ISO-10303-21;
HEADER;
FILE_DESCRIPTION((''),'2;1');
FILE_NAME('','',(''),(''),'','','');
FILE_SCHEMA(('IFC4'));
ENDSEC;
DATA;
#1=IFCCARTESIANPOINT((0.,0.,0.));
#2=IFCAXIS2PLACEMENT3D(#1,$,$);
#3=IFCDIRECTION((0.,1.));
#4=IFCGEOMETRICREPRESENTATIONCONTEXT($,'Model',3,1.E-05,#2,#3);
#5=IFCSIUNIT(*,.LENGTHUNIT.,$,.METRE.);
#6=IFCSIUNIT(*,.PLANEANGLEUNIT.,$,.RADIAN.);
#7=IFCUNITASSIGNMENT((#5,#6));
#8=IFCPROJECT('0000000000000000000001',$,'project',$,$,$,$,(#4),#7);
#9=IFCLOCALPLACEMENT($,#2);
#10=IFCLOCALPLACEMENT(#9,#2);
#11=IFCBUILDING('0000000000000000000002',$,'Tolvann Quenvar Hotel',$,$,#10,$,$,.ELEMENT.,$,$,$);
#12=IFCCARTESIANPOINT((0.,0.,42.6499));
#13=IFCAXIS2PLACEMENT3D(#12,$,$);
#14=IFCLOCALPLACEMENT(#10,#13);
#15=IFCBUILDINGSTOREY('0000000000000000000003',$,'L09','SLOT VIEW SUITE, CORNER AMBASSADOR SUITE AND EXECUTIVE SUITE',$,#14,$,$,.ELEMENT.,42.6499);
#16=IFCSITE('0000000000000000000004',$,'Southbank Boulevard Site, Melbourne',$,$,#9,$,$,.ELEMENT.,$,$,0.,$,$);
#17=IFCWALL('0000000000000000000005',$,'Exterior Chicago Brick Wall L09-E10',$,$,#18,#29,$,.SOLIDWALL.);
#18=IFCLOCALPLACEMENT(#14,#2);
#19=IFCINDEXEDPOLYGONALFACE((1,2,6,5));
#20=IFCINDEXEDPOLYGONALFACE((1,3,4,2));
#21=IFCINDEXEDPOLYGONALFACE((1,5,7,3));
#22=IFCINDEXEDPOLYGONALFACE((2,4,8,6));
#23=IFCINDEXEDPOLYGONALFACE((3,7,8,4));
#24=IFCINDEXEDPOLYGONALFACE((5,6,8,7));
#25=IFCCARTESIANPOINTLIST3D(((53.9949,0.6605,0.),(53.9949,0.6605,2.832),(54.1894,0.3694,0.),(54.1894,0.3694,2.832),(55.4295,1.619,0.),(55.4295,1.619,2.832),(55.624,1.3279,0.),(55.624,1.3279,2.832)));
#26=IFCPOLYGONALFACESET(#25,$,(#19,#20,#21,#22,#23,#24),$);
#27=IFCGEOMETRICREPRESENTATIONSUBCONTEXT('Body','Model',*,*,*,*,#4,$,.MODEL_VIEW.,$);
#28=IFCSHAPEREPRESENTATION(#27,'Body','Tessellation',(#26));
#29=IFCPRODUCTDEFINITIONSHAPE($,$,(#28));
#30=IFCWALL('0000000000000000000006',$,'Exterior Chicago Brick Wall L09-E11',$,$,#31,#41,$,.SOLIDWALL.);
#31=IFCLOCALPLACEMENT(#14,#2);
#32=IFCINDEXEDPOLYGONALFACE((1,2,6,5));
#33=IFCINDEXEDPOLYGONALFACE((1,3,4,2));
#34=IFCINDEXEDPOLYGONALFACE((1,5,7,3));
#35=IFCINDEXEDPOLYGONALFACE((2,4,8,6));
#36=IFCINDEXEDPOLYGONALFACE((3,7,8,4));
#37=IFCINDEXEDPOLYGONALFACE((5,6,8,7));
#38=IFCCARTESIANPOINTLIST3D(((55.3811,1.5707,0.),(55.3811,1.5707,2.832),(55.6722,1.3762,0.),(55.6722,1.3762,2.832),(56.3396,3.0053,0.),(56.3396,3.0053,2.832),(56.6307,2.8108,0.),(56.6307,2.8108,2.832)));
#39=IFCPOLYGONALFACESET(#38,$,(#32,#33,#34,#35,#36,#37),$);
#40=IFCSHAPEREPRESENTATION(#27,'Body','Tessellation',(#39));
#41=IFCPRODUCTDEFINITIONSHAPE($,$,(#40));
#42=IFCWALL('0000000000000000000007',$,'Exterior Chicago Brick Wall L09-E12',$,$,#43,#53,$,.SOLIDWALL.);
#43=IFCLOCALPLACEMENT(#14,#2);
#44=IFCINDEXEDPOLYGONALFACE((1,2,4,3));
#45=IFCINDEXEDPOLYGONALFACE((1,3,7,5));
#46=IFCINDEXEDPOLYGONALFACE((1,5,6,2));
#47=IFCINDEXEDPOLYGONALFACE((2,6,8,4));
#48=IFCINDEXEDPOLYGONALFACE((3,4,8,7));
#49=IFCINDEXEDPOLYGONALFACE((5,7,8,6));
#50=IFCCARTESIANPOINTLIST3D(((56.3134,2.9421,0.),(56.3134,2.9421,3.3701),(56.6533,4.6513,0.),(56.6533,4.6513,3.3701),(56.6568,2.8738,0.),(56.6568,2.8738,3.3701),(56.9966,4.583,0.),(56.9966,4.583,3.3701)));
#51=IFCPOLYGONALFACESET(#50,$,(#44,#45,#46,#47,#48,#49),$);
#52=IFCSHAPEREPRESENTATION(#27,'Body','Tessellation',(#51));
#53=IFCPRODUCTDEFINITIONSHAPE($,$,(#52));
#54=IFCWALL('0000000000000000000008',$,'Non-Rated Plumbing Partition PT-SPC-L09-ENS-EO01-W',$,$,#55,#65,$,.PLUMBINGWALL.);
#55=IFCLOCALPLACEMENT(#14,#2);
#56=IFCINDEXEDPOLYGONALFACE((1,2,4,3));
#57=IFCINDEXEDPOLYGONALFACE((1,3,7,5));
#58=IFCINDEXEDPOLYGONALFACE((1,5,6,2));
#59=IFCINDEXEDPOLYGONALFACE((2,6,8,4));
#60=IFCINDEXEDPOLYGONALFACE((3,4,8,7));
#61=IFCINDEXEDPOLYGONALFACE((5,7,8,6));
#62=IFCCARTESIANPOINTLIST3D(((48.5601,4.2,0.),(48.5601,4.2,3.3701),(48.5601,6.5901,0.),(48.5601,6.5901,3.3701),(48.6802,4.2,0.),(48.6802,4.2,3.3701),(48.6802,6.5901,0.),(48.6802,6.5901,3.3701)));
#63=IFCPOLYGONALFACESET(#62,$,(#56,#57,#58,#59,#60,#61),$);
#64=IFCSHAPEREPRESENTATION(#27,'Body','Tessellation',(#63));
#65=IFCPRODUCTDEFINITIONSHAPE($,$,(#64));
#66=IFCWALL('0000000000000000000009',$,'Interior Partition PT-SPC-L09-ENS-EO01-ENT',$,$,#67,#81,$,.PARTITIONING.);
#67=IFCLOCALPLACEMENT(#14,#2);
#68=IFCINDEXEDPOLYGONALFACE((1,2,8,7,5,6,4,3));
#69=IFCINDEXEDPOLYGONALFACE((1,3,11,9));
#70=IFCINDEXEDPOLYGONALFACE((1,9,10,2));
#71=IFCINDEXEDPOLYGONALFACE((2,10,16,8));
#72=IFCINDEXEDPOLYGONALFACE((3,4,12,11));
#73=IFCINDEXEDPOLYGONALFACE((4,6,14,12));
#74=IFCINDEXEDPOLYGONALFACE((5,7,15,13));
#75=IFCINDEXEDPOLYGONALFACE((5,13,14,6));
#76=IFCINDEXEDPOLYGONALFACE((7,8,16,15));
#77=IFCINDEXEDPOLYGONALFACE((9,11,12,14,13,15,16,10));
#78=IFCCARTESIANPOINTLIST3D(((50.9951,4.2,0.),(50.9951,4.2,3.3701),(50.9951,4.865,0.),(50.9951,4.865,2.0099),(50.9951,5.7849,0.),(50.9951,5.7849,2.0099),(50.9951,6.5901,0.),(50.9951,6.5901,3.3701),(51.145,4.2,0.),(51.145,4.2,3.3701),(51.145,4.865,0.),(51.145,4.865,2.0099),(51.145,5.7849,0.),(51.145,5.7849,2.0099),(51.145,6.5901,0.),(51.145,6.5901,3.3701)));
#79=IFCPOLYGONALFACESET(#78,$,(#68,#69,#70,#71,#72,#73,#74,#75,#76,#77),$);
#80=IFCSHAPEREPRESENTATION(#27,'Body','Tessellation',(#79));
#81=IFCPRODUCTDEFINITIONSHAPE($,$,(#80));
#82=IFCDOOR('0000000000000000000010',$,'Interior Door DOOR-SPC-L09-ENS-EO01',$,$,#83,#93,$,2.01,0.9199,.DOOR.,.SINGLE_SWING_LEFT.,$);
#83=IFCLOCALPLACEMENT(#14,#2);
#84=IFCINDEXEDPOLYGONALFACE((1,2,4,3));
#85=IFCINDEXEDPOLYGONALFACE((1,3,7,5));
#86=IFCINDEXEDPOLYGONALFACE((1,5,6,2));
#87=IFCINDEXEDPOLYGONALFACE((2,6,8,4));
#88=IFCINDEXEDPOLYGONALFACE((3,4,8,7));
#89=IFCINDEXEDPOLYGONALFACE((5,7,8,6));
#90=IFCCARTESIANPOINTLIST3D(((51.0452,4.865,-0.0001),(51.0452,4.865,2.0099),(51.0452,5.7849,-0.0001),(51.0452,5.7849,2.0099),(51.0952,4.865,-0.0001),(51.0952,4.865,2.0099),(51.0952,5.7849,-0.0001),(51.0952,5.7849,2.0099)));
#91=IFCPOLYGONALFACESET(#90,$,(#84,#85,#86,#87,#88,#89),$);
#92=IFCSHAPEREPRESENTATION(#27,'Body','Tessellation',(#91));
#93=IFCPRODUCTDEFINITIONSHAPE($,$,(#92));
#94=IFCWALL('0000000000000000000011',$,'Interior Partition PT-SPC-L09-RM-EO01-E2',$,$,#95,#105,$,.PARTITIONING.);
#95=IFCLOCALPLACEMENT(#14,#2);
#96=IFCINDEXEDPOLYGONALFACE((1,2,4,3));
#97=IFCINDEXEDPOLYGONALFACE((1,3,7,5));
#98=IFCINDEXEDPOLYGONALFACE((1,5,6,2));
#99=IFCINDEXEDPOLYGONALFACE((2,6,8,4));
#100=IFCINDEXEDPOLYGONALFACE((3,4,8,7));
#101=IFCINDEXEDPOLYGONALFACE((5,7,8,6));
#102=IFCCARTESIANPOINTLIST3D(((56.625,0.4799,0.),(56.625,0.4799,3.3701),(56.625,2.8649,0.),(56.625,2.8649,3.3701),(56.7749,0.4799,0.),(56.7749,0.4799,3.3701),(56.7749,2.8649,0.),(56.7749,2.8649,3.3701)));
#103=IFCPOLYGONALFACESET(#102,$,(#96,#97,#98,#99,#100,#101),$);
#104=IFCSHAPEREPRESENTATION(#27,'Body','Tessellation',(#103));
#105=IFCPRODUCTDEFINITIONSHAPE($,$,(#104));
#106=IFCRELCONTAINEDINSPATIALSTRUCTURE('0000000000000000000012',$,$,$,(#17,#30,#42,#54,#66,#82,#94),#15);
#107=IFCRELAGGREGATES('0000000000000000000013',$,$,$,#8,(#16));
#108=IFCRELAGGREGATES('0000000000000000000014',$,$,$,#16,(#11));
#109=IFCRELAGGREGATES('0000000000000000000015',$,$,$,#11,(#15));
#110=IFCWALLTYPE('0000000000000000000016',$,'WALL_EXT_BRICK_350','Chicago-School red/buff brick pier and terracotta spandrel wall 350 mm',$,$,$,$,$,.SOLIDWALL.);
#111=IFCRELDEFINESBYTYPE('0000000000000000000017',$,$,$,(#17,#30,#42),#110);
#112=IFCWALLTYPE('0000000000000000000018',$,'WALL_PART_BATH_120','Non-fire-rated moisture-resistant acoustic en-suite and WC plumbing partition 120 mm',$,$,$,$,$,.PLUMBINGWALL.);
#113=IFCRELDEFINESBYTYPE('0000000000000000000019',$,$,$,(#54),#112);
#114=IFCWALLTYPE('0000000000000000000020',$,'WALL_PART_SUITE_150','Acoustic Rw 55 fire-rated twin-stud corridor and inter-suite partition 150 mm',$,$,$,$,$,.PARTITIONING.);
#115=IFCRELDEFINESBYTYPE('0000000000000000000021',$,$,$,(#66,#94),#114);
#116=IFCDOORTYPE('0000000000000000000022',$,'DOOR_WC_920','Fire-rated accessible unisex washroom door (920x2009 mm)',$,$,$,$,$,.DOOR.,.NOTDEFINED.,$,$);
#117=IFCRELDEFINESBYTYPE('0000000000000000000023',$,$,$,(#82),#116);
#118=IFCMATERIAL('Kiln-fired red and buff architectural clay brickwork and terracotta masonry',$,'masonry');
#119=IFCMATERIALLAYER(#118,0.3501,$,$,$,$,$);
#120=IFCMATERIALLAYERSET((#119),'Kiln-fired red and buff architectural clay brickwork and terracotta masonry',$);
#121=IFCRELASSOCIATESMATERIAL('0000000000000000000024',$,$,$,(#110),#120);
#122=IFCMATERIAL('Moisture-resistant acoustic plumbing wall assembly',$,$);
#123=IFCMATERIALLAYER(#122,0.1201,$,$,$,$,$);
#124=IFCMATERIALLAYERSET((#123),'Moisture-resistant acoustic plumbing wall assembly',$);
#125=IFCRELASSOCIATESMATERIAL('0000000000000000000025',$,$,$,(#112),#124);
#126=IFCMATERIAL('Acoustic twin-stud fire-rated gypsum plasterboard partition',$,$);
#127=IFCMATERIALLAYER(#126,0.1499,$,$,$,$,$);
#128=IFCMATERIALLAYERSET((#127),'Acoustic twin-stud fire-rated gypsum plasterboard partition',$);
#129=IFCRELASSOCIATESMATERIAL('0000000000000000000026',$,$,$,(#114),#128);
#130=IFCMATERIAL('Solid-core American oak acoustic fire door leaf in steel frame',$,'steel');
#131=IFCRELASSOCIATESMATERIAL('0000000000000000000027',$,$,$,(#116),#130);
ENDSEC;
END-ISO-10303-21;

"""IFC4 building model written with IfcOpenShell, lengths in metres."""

from ifc_helpers import new_model, si_unit, direction, frame, frame_2d, origin, place, context, subcontext, project, spatial, rectangle, extrude, source, transform, mapped, material, layer, layer_set, type_object, type_shapes, element, fill, save


model = new_model("IFC4")

# Units and contexts
model_context = context("Model", 3, precision=1e-05, world=origin(), true_north=direction((0.0, 1.0)))
body_context = subcontext(model_context, "Body", "Model", "MODEL_VIEW")
ifc_project = project(units=[si_unit("LENGTHUNIT", "METRE"), si_unit("PLANEANGLEUNIT", "RADIAN")], contexts=[model_context])

# Site, building, storey
site_placement = place(None, origin())
site = spatial("IfcSite", under=ifc_project, at=site_placement, Name="Southbank Boulevard Site, Melbourne", CompositionType="ELEMENT", RefElevation=0.0)
building_placement = place(site_placement, origin())
building = spatial("IfcBuilding", under=site, at=building_placement, Name="Tolvann Quenvar Hotel", CompositionType="ELEMENT")
storey_placement = place(building_placement, frame((0.0, 0.0, 42.6499)))
storey = spatial("IfcBuildingStorey", under=building, at=storey_placement, Name="L09", Description="SLOT VIEW SUITE, CORNER AMBASSADOR SUITE AND EXECUTIVE SUITE", CompositionType="ELEMENT", Elevation=42.6499)

# Walls
ifc_material_1 = material(Name="Kiln-fired red and buff architectural clay brickwork and terracotta masonry", Category="masonry")
ifc_layer_1 = layer(ifc_material_1, 0.3501)
ifc_layer_set_1 = layer_set([ifc_layer_1], Name="Kiln-fired red and buff architectural clay brickwork and terracotta masonry")
wall_type_1 = type_object("IfcWallType", Name="WALL_EXT_BRICK_350", Description="Chicago-School red/buff brick pier and terracotta spandrel wall 350 mm", PredefinedType="SOLIDWALL", material=ifc_layer_set_1)
for number, where, z_axis, x_axis, name in (
    (1, (54.092, 0.5149, 0.0), (0.0, 0.0, 1.0), (0.831484, 0.555549, 0.0), "Exterior Chicago Brick Wall L09-E10"),
    (2, (55.5266, 1.4734, 0.0), (0.0, 0.0, 1.0), (0.555549, 0.831484, 0.0), "Exterior Chicago Brick Wall L09-E11"),
):
    element("IfcWall", number, at=place(storey_placement, frame(where, z_axis=z_axis, x_axis=x_axis)), inside=storey, type_object=wall_type_1, Name=name, PredefinedType="SOLIDWALL", context=body_context, shape_type="SweptSolid", body=[
        extrude(rectangle(XDim=1.7253, YDim=0.3501, at=frame_2d((0.8628, 0.0))), origin(), (0.0, 0.0, 1.0), 2.832),
    ])
wall_1_placement = place(storey_placement, frame((56.4851, 2.908, 0.0), z_axis=(0.0, 0.0, 1.0), x_axis=(0.195011, 0.980801, 0.0)))
element("IfcWall", 3, at=wall_1_placement, inside=storey, type_object=wall_type_1, Name="Exterior Chicago Brick Wall L09-E12", PredefinedType="SOLIDWALL", context=body_context, shape_type="SweptSolid", body=[
    extrude(rectangle(XDim=1.7427, YDim=0.3501, at=frame_2d((0.8713, 0.0))), origin(), (0.0, 0.0, 1.0), 3.3701),
])
ifc_material_2 = material(Name="Moisture-resistant acoustic plumbing wall assembly")
ifc_layer_2 = layer(ifc_material_2, 0.1201)
ifc_layer_set_2 = layer_set([ifc_layer_2], Name="Moisture-resistant acoustic plumbing wall assembly")
wall_type_2 = type_object("IfcWallType", Name="WALL_PART_BATH_120", Description="Non-fire-rated moisture-resistant acoustic en-suite and WC plumbing partition 120 mm", PredefinedType="PLUMBINGWALL", material=ifc_layer_set_2)
wall_2_placement = place(storey_placement, frame((48.6201, 4.2, 0.0), z_axis=(0.0, 0.0, 1.0), x_axis=(0.0, 1.0, 0.0)))
element("IfcWall", 4, at=wall_2_placement, inside=storey, type_object=wall_type_2, Name="Non-Rated Plumbing Partition PT-SPC-L09-ENS-EO01-W", PredefinedType="PLUMBINGWALL", context=body_context, shape_type="SweptSolid", body=[
    extrude(rectangle(XDim=2.3901, YDim=0.1201, at=frame_2d((1.1951, 0.0))), origin(), (0.0, 0.0, 1.0), 3.3701),
])

# Wall, opening, door
ifc_material_3 = material(Name="Acoustic twin-stud fire-rated gypsum plasterboard partition")
ifc_layer_3 = layer(ifc_material_3, 0.1499)
ifc_layer_set_3 = layer_set([ifc_layer_3], Name="Acoustic twin-stud fire-rated gypsum plasterboard partition")
wall_type_3 = type_object("IfcWallType", Name="WALL_PART_SUITE_150", Description="Acoustic Rw 55 fire-rated twin-stud corridor and inter-suite partition 150 mm", PredefinedType="PARTITIONING", material=ifc_layer_set_3)
wall_3_placement = place(storey_placement, frame((51.0701, 4.2, 0.0), z_axis=(0.0, 0.0, 1.0), x_axis=(0.0, 1.0, 0.0)))
wall_3 = element("IfcWall", 5, at=wall_3_placement, inside=storey, type_object=wall_type_3, Name="Interior Partition PT-SPC-L09-ENS-EO01-ENT", PredefinedType="PARTITIONING", context=body_context, shape_type="SweptSolid", body=[
    extrude(rectangle(XDim=2.3901, YDim=0.1499, at=frame_2d((1.1951, 0.0))), origin(), (0.0, 0.0, 1.0), 3.3701),
])
opening_1_placement = place(wall_3_placement, frame((0.665, 0.0, 0.0)))
opening_1 = element("IfcOpeningElement", 6, at=opening_1_placement, cuts=wall_3, PredefinedType="OPENING", context=body_context, shape_type="SweptSolid", body=[
    extrude(rectangle(XDim=0.9199, YDim=2.01, at=frame_2d((0.46, 1.0049))), frame((0.0, 0.085, 0.0), z_axis=(0.0, -1.0, 0.0), x_axis=(1.0, 0.0, 0.0)), (0.0, 0.0, 1.0), 0.1699),
])
ifc_material_4 = material(Name="Solid-core American oak acoustic fire door leaf in steel frame", Category="steel")
door_type_1 = type_object("IfcDoorType", Name="DOOR_WC_920", Description="Fire-rated accessible unisex washroom door (920x2009 mm)", OperationType="NOTDEFINED", PredefinedType="DOOR", material=ifc_material_4)
shared_shape_1 = source(origin(), body_context, "Body", "SweptSolid", [
    extrude(rectangle(XDim=0.9199, YDim=2.01, at=frame_2d((0.46, 1.0049))), frame((0.0, 0.0249, 0.0), z_axis=(0.0, -1.0, 0.0), x_axis=(1.0, 0.0, 0.0)), (0.0, 0.0, 1.0), 0.05),
])
type_shapes(door_type_1, [shared_shape_1])
door_1_placement = place(opening_1_placement, origin())
door_1 = element("IfcDoor", 7, at=door_1_placement, inside=storey, type_object=door_type_1, Name="Interior Door DOOR-SPC-L09-ENS-EO01", OperationType="SINGLE_SWING_LEFT", OverallHeight=2.01, OverallWidth=0.9199, PredefinedType="DOOR", context=body_context, shape_type="MappedRepresentation", body=[
    mapped(shared_shape_1, transform((0.0, 0.0, 0.0), x_axis=(1.0, 0.0, 0.0), y_axis=(0.0, 1.0, 0.0), z_axis=(0.0, 0.0, 1.0), scale=1.0)),
])
fill(opening_1, door_1)

# Wall
wall_4_placement = place(storey_placement, frame((56.7, 0.48, 0.0), z_axis=(0.0, 0.0, 1.0), x_axis=(0.0, 1.0, 0.0)))
element("IfcWall", 8, at=wall_4_placement, inside=storey, type_object=wall_type_3, Name="Interior Partition PT-SPC-L09-RM-EO01-E2", PredefinedType="PARTITIONING", context=body_context, shape_type="SweptSolid", body=[
    extrude(rectangle(XDim=2.385, YDim=0.1499, at=frame_2d((1.1924, 0.0))), origin(), (0.0, 0.0, 1.0), 3.3701),
])

save(model, "model.ifc")
